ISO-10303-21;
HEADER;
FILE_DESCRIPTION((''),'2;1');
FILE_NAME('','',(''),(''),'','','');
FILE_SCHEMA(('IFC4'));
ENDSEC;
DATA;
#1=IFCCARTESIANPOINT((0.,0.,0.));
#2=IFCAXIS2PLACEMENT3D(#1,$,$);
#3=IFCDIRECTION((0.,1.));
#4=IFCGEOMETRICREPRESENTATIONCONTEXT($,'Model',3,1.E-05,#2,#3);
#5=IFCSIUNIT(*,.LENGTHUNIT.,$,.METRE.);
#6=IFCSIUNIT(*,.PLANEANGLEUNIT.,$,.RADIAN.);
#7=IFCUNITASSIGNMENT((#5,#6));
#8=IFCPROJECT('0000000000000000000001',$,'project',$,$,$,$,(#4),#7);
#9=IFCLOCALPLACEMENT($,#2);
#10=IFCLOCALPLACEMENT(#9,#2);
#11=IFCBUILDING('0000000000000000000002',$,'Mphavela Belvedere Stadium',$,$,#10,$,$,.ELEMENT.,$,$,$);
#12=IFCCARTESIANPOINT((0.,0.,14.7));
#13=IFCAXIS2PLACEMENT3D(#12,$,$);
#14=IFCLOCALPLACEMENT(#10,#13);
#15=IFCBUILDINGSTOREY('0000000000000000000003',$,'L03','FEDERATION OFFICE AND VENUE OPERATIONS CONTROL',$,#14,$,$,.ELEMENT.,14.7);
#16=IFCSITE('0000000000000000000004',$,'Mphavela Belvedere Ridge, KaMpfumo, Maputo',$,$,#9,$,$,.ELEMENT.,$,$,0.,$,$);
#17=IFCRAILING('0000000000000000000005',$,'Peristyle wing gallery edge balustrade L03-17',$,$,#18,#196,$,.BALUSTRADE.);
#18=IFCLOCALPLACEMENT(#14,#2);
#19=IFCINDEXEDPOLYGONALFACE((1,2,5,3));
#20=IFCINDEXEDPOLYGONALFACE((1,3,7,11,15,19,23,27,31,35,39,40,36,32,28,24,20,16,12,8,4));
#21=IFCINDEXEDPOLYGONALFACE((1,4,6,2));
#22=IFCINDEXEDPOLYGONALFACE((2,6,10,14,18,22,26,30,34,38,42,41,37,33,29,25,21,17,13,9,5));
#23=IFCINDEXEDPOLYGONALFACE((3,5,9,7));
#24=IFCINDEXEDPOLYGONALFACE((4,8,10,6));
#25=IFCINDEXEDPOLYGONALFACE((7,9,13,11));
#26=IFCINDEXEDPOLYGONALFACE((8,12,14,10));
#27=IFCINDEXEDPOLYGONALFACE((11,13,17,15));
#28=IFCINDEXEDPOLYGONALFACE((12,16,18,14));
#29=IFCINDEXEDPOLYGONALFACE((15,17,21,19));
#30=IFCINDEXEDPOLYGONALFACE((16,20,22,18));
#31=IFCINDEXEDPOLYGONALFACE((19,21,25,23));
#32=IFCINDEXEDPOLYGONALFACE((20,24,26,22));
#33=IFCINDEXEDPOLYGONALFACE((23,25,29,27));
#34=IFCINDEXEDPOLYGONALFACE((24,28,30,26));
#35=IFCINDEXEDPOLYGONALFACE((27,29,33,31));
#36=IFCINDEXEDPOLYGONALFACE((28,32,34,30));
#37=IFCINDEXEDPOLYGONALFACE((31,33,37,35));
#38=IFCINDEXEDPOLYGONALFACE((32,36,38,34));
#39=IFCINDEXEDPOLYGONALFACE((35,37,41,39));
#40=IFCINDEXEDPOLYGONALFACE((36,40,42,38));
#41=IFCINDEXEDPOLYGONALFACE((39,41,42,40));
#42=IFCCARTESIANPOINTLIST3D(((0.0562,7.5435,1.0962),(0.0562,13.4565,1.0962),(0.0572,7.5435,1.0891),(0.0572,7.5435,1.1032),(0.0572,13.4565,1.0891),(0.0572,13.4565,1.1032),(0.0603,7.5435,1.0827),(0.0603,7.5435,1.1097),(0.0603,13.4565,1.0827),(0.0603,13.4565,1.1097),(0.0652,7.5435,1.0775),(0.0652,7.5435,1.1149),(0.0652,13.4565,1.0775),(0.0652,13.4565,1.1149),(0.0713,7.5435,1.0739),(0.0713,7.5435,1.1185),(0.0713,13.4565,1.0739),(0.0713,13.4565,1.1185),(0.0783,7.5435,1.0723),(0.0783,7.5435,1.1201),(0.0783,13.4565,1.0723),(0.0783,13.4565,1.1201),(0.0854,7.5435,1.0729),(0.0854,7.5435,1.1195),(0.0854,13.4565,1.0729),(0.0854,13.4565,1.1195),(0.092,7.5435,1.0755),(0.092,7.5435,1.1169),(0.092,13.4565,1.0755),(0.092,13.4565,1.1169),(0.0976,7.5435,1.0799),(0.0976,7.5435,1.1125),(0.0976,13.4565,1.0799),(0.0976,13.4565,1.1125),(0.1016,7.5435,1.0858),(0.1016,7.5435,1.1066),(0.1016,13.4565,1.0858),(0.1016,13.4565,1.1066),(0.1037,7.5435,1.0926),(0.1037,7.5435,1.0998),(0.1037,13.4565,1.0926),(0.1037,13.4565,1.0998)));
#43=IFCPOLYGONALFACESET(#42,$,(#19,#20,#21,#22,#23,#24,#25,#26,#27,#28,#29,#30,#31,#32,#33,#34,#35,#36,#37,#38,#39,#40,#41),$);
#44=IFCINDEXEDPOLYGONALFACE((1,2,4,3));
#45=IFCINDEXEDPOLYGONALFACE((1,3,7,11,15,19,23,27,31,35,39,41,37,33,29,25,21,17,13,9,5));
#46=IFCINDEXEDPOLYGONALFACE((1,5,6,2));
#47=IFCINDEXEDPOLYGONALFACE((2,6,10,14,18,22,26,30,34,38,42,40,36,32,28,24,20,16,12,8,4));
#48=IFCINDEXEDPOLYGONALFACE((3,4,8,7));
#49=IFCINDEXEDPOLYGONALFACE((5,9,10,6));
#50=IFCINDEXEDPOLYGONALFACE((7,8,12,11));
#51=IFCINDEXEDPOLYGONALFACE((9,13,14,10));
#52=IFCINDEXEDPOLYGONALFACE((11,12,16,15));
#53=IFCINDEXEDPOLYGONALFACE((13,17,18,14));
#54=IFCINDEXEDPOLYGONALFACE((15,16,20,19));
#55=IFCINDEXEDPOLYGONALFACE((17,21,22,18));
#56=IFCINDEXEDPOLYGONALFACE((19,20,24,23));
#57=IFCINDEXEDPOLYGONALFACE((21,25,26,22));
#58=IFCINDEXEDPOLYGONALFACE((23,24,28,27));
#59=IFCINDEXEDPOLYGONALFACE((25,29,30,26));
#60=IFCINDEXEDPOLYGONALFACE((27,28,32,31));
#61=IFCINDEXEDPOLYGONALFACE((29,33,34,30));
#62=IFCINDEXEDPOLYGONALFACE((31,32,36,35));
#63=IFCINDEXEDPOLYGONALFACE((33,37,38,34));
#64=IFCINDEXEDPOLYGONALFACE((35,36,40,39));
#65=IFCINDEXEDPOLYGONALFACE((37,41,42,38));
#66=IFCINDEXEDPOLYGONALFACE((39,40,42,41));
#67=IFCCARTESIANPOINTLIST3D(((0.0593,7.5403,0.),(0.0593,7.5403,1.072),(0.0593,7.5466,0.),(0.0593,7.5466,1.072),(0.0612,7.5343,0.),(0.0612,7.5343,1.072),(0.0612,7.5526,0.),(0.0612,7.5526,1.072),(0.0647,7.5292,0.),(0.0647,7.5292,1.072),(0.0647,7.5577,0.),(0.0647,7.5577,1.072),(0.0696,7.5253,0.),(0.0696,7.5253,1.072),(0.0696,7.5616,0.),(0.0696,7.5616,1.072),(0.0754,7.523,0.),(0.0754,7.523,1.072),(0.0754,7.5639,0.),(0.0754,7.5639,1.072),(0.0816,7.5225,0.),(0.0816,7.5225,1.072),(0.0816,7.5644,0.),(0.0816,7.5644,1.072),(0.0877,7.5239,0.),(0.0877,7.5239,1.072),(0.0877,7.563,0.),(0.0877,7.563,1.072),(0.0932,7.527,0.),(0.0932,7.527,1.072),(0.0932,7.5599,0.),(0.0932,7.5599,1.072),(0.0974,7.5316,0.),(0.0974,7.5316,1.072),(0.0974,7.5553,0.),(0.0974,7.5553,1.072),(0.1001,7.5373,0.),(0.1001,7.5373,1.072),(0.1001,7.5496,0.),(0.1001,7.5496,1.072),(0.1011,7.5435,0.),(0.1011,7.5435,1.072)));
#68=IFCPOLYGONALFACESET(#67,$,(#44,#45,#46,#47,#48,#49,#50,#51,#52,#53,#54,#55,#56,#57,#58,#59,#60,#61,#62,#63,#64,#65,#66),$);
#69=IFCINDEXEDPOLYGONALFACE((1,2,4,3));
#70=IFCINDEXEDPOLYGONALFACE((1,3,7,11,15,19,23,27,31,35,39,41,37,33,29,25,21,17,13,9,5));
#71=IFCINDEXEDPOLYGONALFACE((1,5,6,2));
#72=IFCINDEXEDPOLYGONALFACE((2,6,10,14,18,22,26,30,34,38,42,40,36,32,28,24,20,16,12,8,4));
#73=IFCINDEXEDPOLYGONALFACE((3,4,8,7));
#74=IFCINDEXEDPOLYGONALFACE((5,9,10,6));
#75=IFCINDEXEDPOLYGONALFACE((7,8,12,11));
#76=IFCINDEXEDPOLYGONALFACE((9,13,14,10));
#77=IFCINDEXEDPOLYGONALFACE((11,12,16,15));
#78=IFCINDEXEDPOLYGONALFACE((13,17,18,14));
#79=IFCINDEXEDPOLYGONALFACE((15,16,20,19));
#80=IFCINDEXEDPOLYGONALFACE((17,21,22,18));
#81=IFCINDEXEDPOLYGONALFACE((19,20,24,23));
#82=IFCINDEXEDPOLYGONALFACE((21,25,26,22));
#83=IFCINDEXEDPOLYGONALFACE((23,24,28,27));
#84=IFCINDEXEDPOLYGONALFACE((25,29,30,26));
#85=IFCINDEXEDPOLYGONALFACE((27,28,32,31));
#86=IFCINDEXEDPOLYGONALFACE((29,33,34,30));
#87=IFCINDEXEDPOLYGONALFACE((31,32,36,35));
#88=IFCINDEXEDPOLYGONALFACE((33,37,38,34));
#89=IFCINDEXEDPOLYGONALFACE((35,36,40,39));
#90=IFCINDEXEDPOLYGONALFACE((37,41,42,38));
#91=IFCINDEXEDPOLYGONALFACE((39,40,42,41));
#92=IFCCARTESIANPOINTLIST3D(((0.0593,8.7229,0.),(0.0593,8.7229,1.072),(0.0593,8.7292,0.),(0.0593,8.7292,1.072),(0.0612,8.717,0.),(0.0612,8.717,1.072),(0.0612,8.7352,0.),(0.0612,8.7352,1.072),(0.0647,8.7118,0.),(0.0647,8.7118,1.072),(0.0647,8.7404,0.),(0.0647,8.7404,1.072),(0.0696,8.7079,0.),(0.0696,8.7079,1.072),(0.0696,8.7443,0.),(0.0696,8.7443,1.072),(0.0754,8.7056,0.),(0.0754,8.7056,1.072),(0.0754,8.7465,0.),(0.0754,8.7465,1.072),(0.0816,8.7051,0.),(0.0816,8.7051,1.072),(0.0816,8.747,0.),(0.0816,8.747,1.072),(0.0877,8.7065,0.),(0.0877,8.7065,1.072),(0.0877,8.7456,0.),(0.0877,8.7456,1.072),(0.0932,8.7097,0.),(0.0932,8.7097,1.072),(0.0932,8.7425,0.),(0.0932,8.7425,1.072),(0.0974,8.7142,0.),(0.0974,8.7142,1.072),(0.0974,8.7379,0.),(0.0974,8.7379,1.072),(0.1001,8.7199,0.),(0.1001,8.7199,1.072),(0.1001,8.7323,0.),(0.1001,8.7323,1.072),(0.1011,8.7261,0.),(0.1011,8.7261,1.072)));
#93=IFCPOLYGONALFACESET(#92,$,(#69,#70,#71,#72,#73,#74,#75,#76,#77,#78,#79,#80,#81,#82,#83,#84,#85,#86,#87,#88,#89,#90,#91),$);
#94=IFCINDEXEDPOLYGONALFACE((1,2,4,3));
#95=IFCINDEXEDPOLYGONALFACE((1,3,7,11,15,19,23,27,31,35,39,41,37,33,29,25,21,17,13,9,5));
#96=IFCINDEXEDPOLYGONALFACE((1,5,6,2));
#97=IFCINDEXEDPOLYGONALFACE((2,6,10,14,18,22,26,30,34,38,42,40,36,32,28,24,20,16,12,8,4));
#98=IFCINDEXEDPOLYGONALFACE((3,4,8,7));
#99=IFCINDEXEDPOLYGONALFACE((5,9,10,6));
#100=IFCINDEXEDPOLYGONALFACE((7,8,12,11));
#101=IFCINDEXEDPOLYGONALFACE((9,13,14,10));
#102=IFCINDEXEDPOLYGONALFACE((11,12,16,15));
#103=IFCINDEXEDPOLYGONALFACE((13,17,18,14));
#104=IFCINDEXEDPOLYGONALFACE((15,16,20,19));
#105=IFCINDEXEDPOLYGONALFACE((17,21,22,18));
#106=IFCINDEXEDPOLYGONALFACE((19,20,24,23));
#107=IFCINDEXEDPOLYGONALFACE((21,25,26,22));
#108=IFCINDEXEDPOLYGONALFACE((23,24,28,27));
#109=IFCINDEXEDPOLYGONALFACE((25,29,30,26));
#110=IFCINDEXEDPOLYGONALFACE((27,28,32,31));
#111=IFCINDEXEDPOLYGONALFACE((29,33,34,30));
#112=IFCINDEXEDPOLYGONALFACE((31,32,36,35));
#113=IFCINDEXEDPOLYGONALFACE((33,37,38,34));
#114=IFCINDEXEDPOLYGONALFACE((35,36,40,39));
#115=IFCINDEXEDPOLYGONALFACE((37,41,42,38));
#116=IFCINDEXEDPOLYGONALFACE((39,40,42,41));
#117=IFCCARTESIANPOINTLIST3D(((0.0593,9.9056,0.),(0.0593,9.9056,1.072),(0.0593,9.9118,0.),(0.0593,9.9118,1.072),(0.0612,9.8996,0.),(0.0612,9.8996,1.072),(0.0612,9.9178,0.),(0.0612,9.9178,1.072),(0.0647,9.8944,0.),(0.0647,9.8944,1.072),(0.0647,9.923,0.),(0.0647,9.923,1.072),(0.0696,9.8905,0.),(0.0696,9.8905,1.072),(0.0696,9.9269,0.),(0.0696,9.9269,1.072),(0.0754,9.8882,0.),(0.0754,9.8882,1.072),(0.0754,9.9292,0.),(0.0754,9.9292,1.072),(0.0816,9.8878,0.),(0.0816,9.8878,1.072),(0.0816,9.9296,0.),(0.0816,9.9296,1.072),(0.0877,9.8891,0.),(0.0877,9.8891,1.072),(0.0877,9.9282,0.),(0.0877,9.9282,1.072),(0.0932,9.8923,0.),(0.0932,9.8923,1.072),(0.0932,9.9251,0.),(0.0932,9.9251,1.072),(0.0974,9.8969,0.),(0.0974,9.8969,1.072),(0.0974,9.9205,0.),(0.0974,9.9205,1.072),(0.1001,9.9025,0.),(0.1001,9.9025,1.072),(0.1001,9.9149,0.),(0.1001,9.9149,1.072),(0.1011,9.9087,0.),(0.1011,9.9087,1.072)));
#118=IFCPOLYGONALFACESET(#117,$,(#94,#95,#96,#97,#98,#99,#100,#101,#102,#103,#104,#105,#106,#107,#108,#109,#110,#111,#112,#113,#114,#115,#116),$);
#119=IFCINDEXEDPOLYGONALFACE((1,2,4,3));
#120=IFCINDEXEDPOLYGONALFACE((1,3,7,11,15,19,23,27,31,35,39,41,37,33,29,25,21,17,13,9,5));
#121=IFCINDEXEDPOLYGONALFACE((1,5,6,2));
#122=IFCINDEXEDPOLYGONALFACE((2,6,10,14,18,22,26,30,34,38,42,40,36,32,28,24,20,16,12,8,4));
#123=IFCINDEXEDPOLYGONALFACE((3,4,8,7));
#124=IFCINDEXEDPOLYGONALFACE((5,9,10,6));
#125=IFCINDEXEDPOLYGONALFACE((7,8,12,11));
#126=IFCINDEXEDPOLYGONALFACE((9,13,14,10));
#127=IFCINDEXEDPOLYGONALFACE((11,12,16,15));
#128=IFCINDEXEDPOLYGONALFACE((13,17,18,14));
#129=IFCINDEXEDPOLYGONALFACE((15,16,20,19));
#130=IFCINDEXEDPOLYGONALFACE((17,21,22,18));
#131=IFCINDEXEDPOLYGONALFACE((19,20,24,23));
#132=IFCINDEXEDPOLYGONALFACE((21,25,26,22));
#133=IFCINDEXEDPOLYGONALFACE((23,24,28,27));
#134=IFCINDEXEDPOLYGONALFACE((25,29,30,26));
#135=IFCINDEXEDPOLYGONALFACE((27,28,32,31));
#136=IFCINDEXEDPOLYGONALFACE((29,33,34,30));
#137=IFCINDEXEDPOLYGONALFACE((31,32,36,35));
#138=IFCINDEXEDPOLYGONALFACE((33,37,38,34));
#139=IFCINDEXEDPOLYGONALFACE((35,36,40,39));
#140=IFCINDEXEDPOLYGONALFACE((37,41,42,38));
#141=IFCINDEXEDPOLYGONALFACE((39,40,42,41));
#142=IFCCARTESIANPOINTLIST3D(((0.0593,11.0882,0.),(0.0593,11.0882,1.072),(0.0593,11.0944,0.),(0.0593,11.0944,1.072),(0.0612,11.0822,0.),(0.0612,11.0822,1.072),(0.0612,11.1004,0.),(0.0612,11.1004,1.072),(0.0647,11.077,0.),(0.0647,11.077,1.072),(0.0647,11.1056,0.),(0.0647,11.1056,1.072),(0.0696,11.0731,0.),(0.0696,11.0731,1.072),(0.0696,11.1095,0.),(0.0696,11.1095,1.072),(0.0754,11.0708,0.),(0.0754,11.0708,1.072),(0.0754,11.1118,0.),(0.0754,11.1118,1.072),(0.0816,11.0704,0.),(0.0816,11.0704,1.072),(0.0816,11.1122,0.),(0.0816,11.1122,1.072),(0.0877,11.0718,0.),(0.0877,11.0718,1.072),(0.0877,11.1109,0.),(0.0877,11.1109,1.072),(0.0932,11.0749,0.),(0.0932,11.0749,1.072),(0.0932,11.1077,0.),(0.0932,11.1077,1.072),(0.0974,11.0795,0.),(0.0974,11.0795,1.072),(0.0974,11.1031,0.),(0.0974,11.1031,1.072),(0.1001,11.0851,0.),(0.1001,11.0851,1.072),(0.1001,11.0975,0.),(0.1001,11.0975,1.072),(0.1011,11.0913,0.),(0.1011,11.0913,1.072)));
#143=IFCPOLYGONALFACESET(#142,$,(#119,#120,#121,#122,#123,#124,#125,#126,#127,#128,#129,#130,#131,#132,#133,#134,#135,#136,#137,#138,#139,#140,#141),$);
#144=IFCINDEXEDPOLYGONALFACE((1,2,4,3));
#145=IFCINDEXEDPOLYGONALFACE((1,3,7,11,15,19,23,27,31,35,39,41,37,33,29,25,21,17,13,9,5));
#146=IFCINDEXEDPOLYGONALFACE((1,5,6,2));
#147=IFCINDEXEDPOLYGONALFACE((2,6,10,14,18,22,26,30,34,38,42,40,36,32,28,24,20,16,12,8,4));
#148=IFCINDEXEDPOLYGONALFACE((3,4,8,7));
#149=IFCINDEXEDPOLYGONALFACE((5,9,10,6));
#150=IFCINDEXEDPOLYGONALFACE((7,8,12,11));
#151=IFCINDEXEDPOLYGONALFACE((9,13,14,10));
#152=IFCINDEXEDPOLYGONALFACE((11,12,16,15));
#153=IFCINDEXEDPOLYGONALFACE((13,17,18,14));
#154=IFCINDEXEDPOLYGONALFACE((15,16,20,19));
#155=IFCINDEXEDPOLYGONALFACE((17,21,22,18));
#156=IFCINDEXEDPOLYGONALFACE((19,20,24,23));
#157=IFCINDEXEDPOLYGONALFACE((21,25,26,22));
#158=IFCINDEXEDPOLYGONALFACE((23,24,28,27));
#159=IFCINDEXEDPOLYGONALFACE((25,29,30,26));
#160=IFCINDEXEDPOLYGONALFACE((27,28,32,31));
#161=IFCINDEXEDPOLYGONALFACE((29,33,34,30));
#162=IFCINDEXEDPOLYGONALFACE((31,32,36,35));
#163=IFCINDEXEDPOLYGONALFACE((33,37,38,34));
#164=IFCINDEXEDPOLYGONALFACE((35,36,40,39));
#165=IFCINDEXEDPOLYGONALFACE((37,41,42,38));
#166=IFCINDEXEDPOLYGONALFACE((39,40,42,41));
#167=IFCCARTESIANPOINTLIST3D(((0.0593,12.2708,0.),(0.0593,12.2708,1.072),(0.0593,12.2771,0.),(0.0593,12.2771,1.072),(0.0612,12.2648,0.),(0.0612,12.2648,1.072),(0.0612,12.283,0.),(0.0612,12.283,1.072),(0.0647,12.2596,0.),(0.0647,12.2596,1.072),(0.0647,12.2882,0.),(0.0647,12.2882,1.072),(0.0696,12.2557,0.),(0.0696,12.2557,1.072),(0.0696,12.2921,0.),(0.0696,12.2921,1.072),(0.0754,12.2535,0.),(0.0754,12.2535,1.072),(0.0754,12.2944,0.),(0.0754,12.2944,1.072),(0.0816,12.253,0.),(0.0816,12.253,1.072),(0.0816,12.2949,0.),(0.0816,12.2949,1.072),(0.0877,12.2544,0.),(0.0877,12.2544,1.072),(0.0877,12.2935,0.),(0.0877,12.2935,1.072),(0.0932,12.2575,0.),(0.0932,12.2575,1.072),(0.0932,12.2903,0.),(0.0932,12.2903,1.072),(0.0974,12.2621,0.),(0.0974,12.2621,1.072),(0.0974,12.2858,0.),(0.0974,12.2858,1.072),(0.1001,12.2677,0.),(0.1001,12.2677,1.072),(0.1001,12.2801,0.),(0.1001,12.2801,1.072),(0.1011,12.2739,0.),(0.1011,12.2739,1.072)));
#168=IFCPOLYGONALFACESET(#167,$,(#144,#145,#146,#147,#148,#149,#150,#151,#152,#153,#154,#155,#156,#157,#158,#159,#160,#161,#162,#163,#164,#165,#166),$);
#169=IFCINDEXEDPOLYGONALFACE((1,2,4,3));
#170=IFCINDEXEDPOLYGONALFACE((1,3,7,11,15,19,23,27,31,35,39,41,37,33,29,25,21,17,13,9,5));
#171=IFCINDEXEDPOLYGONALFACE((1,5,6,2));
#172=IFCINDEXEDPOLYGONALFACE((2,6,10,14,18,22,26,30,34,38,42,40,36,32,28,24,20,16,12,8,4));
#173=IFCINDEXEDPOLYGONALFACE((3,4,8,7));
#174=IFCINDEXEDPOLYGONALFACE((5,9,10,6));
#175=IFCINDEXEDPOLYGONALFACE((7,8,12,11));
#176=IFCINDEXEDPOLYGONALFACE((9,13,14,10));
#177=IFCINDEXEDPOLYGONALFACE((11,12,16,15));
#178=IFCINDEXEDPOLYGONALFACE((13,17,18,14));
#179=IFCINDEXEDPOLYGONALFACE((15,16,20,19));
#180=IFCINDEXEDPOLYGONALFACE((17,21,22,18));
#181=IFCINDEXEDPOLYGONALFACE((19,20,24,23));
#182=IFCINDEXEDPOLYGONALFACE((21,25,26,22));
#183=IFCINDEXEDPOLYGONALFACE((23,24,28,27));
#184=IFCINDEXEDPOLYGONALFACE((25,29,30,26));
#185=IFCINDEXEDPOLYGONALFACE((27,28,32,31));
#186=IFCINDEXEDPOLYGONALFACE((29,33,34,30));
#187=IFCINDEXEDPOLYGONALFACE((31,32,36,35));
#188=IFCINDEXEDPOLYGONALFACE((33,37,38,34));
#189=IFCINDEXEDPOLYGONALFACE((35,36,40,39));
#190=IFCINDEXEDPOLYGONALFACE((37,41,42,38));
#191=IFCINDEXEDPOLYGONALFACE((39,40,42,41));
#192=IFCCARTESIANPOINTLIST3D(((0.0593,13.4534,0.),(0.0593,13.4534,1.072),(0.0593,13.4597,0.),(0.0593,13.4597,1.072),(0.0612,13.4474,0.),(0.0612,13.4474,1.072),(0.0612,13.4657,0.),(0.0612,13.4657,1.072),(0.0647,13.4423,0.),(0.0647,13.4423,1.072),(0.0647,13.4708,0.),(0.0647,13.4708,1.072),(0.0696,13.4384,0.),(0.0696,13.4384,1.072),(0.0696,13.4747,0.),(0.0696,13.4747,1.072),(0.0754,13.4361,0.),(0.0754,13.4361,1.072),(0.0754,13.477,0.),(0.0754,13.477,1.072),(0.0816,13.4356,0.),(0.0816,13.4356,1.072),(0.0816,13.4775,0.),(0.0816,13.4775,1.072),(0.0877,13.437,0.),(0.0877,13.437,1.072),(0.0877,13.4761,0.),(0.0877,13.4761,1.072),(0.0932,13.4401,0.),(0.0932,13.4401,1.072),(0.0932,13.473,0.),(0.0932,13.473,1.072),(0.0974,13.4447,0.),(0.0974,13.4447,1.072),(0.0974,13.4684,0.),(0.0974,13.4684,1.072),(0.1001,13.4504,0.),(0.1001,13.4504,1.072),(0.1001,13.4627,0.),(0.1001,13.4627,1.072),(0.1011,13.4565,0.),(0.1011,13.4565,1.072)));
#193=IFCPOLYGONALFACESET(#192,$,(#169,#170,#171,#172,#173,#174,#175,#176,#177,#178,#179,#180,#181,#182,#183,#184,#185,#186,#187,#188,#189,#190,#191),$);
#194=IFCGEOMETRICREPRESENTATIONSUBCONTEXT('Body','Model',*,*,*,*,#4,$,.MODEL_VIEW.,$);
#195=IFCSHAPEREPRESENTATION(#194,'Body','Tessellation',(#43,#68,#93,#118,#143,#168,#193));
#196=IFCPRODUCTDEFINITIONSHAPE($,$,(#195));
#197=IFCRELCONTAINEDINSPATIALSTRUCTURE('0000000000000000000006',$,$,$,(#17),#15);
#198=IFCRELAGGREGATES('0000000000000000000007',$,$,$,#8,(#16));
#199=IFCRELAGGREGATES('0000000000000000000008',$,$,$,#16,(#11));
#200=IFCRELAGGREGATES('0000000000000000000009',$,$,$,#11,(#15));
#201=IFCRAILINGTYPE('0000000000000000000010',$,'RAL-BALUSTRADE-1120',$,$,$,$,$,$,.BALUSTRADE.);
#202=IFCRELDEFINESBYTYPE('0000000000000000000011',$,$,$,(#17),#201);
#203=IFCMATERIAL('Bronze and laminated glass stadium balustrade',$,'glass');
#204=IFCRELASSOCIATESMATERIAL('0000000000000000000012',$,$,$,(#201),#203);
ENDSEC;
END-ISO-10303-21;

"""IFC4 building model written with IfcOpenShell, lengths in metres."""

from ifc_helpers import new_model, si_unit, direction, frame, origin, origin_2d, place, context, subcontext, project, spatial, circle, extrude, material, type_object, element, save


model = new_model("IFC4")

# Units and contexts
model_context = context("Model", 3, precision=1e-05, world=origin(), true_north=direction((0.0, 1.0)))
body_context = subcontext(model_context, "Body", "Model", "MODEL_VIEW")
ifc_project = project(units=[si_unit("LENGTHUNIT", "METRE"), si_unit("PLANEANGLEUNIT", "RADIAN")], contexts=[model_context])

# Site, building, storey
site_placement = place(None, origin())
site = spatial("IfcSite", under=ifc_project, at=site_placement, Name="Mphavela Belvedere Ridge, KaMpfumo, Maputo", CompositionType="ELEMENT", RefElevation=0.0)
building_placement = place(site_placement, origin())
building = spatial("IfcBuilding", under=site, at=building_placement, Name="Mphavela Belvedere Stadium", CompositionType="ELEMENT")
storey_placement = place(building_placement, frame((0.0, 0.0, 14.7)))
storey = spatial("IfcBuildingStorey", under=building, at=storey_placement, Name="L03", Description="FEDERATION OFFICE AND VENUE OPERATIONS CONTROL", CompositionType="ELEMENT", Elevation=14.7)

# Railing
ifc_material_1 = material(Name="Bronze and laminated glass stadium balustrade", Category="glass")
railing_type = type_object("IfcRailingType", Name="RAL-BALUSTRADE-1120", PredefinedType="BALUSTRADE", material=ifc_material_1)
for number, where, name in (
    (1, (0.0801, 7.5435, 0.0), "Peristyle wing gallery edge balustrade L03-17"),
):
    element("IfcRailing", number, at=place(storey_placement, frame(where)), inside=storey, type_object=railing_type, Name=name, PredefinedType="BALUSTRADE", context=body_context, shape_type="SweptSolid", body=[
        extrude(circle(Radius=0.0239, at=origin_2d()), frame((0.0, 0.0, 1.0962), z_axis=(0.0, 1.0, 0.0), x_axis=(-1.0, 0.0, 0.0)), (0.0, 0.0, 1.0), 5.9131),
        extrude(circle(Radius=0.021, at=origin_2d()), origin(), (0.0, 0.0, 1.0), 1.072),
        extrude(circle(Radius=0.021, at=origin_2d()), frame((0.0, 1.1826, 0.0)), (0.0, 0.0, 1.0), 1.072),
        extrude(circle(Radius=0.021, at=origin_2d()), frame((0.0, 2.3652, 0.0)), (0.0, 0.0, 1.0), 1.072),
        extrude(circle(Radius=0.021, at=origin_2d()), frame((0.0, 3.5479, 0.0)), (0.0, 0.0, 1.0), 1.072),
        extrude(circle(Radius=0.021, at=origin_2d()), frame((0.0, 4.7305, 0.0)), (0.0, 0.0, 1.0), 1.072),
        extrude(circle(Radius=0.021, at=origin_2d()), frame((0.0, 5.9131, 0.0)), (0.0, 0.0, 1.0), 1.072),
    ])

save(model, "model.ifc")
